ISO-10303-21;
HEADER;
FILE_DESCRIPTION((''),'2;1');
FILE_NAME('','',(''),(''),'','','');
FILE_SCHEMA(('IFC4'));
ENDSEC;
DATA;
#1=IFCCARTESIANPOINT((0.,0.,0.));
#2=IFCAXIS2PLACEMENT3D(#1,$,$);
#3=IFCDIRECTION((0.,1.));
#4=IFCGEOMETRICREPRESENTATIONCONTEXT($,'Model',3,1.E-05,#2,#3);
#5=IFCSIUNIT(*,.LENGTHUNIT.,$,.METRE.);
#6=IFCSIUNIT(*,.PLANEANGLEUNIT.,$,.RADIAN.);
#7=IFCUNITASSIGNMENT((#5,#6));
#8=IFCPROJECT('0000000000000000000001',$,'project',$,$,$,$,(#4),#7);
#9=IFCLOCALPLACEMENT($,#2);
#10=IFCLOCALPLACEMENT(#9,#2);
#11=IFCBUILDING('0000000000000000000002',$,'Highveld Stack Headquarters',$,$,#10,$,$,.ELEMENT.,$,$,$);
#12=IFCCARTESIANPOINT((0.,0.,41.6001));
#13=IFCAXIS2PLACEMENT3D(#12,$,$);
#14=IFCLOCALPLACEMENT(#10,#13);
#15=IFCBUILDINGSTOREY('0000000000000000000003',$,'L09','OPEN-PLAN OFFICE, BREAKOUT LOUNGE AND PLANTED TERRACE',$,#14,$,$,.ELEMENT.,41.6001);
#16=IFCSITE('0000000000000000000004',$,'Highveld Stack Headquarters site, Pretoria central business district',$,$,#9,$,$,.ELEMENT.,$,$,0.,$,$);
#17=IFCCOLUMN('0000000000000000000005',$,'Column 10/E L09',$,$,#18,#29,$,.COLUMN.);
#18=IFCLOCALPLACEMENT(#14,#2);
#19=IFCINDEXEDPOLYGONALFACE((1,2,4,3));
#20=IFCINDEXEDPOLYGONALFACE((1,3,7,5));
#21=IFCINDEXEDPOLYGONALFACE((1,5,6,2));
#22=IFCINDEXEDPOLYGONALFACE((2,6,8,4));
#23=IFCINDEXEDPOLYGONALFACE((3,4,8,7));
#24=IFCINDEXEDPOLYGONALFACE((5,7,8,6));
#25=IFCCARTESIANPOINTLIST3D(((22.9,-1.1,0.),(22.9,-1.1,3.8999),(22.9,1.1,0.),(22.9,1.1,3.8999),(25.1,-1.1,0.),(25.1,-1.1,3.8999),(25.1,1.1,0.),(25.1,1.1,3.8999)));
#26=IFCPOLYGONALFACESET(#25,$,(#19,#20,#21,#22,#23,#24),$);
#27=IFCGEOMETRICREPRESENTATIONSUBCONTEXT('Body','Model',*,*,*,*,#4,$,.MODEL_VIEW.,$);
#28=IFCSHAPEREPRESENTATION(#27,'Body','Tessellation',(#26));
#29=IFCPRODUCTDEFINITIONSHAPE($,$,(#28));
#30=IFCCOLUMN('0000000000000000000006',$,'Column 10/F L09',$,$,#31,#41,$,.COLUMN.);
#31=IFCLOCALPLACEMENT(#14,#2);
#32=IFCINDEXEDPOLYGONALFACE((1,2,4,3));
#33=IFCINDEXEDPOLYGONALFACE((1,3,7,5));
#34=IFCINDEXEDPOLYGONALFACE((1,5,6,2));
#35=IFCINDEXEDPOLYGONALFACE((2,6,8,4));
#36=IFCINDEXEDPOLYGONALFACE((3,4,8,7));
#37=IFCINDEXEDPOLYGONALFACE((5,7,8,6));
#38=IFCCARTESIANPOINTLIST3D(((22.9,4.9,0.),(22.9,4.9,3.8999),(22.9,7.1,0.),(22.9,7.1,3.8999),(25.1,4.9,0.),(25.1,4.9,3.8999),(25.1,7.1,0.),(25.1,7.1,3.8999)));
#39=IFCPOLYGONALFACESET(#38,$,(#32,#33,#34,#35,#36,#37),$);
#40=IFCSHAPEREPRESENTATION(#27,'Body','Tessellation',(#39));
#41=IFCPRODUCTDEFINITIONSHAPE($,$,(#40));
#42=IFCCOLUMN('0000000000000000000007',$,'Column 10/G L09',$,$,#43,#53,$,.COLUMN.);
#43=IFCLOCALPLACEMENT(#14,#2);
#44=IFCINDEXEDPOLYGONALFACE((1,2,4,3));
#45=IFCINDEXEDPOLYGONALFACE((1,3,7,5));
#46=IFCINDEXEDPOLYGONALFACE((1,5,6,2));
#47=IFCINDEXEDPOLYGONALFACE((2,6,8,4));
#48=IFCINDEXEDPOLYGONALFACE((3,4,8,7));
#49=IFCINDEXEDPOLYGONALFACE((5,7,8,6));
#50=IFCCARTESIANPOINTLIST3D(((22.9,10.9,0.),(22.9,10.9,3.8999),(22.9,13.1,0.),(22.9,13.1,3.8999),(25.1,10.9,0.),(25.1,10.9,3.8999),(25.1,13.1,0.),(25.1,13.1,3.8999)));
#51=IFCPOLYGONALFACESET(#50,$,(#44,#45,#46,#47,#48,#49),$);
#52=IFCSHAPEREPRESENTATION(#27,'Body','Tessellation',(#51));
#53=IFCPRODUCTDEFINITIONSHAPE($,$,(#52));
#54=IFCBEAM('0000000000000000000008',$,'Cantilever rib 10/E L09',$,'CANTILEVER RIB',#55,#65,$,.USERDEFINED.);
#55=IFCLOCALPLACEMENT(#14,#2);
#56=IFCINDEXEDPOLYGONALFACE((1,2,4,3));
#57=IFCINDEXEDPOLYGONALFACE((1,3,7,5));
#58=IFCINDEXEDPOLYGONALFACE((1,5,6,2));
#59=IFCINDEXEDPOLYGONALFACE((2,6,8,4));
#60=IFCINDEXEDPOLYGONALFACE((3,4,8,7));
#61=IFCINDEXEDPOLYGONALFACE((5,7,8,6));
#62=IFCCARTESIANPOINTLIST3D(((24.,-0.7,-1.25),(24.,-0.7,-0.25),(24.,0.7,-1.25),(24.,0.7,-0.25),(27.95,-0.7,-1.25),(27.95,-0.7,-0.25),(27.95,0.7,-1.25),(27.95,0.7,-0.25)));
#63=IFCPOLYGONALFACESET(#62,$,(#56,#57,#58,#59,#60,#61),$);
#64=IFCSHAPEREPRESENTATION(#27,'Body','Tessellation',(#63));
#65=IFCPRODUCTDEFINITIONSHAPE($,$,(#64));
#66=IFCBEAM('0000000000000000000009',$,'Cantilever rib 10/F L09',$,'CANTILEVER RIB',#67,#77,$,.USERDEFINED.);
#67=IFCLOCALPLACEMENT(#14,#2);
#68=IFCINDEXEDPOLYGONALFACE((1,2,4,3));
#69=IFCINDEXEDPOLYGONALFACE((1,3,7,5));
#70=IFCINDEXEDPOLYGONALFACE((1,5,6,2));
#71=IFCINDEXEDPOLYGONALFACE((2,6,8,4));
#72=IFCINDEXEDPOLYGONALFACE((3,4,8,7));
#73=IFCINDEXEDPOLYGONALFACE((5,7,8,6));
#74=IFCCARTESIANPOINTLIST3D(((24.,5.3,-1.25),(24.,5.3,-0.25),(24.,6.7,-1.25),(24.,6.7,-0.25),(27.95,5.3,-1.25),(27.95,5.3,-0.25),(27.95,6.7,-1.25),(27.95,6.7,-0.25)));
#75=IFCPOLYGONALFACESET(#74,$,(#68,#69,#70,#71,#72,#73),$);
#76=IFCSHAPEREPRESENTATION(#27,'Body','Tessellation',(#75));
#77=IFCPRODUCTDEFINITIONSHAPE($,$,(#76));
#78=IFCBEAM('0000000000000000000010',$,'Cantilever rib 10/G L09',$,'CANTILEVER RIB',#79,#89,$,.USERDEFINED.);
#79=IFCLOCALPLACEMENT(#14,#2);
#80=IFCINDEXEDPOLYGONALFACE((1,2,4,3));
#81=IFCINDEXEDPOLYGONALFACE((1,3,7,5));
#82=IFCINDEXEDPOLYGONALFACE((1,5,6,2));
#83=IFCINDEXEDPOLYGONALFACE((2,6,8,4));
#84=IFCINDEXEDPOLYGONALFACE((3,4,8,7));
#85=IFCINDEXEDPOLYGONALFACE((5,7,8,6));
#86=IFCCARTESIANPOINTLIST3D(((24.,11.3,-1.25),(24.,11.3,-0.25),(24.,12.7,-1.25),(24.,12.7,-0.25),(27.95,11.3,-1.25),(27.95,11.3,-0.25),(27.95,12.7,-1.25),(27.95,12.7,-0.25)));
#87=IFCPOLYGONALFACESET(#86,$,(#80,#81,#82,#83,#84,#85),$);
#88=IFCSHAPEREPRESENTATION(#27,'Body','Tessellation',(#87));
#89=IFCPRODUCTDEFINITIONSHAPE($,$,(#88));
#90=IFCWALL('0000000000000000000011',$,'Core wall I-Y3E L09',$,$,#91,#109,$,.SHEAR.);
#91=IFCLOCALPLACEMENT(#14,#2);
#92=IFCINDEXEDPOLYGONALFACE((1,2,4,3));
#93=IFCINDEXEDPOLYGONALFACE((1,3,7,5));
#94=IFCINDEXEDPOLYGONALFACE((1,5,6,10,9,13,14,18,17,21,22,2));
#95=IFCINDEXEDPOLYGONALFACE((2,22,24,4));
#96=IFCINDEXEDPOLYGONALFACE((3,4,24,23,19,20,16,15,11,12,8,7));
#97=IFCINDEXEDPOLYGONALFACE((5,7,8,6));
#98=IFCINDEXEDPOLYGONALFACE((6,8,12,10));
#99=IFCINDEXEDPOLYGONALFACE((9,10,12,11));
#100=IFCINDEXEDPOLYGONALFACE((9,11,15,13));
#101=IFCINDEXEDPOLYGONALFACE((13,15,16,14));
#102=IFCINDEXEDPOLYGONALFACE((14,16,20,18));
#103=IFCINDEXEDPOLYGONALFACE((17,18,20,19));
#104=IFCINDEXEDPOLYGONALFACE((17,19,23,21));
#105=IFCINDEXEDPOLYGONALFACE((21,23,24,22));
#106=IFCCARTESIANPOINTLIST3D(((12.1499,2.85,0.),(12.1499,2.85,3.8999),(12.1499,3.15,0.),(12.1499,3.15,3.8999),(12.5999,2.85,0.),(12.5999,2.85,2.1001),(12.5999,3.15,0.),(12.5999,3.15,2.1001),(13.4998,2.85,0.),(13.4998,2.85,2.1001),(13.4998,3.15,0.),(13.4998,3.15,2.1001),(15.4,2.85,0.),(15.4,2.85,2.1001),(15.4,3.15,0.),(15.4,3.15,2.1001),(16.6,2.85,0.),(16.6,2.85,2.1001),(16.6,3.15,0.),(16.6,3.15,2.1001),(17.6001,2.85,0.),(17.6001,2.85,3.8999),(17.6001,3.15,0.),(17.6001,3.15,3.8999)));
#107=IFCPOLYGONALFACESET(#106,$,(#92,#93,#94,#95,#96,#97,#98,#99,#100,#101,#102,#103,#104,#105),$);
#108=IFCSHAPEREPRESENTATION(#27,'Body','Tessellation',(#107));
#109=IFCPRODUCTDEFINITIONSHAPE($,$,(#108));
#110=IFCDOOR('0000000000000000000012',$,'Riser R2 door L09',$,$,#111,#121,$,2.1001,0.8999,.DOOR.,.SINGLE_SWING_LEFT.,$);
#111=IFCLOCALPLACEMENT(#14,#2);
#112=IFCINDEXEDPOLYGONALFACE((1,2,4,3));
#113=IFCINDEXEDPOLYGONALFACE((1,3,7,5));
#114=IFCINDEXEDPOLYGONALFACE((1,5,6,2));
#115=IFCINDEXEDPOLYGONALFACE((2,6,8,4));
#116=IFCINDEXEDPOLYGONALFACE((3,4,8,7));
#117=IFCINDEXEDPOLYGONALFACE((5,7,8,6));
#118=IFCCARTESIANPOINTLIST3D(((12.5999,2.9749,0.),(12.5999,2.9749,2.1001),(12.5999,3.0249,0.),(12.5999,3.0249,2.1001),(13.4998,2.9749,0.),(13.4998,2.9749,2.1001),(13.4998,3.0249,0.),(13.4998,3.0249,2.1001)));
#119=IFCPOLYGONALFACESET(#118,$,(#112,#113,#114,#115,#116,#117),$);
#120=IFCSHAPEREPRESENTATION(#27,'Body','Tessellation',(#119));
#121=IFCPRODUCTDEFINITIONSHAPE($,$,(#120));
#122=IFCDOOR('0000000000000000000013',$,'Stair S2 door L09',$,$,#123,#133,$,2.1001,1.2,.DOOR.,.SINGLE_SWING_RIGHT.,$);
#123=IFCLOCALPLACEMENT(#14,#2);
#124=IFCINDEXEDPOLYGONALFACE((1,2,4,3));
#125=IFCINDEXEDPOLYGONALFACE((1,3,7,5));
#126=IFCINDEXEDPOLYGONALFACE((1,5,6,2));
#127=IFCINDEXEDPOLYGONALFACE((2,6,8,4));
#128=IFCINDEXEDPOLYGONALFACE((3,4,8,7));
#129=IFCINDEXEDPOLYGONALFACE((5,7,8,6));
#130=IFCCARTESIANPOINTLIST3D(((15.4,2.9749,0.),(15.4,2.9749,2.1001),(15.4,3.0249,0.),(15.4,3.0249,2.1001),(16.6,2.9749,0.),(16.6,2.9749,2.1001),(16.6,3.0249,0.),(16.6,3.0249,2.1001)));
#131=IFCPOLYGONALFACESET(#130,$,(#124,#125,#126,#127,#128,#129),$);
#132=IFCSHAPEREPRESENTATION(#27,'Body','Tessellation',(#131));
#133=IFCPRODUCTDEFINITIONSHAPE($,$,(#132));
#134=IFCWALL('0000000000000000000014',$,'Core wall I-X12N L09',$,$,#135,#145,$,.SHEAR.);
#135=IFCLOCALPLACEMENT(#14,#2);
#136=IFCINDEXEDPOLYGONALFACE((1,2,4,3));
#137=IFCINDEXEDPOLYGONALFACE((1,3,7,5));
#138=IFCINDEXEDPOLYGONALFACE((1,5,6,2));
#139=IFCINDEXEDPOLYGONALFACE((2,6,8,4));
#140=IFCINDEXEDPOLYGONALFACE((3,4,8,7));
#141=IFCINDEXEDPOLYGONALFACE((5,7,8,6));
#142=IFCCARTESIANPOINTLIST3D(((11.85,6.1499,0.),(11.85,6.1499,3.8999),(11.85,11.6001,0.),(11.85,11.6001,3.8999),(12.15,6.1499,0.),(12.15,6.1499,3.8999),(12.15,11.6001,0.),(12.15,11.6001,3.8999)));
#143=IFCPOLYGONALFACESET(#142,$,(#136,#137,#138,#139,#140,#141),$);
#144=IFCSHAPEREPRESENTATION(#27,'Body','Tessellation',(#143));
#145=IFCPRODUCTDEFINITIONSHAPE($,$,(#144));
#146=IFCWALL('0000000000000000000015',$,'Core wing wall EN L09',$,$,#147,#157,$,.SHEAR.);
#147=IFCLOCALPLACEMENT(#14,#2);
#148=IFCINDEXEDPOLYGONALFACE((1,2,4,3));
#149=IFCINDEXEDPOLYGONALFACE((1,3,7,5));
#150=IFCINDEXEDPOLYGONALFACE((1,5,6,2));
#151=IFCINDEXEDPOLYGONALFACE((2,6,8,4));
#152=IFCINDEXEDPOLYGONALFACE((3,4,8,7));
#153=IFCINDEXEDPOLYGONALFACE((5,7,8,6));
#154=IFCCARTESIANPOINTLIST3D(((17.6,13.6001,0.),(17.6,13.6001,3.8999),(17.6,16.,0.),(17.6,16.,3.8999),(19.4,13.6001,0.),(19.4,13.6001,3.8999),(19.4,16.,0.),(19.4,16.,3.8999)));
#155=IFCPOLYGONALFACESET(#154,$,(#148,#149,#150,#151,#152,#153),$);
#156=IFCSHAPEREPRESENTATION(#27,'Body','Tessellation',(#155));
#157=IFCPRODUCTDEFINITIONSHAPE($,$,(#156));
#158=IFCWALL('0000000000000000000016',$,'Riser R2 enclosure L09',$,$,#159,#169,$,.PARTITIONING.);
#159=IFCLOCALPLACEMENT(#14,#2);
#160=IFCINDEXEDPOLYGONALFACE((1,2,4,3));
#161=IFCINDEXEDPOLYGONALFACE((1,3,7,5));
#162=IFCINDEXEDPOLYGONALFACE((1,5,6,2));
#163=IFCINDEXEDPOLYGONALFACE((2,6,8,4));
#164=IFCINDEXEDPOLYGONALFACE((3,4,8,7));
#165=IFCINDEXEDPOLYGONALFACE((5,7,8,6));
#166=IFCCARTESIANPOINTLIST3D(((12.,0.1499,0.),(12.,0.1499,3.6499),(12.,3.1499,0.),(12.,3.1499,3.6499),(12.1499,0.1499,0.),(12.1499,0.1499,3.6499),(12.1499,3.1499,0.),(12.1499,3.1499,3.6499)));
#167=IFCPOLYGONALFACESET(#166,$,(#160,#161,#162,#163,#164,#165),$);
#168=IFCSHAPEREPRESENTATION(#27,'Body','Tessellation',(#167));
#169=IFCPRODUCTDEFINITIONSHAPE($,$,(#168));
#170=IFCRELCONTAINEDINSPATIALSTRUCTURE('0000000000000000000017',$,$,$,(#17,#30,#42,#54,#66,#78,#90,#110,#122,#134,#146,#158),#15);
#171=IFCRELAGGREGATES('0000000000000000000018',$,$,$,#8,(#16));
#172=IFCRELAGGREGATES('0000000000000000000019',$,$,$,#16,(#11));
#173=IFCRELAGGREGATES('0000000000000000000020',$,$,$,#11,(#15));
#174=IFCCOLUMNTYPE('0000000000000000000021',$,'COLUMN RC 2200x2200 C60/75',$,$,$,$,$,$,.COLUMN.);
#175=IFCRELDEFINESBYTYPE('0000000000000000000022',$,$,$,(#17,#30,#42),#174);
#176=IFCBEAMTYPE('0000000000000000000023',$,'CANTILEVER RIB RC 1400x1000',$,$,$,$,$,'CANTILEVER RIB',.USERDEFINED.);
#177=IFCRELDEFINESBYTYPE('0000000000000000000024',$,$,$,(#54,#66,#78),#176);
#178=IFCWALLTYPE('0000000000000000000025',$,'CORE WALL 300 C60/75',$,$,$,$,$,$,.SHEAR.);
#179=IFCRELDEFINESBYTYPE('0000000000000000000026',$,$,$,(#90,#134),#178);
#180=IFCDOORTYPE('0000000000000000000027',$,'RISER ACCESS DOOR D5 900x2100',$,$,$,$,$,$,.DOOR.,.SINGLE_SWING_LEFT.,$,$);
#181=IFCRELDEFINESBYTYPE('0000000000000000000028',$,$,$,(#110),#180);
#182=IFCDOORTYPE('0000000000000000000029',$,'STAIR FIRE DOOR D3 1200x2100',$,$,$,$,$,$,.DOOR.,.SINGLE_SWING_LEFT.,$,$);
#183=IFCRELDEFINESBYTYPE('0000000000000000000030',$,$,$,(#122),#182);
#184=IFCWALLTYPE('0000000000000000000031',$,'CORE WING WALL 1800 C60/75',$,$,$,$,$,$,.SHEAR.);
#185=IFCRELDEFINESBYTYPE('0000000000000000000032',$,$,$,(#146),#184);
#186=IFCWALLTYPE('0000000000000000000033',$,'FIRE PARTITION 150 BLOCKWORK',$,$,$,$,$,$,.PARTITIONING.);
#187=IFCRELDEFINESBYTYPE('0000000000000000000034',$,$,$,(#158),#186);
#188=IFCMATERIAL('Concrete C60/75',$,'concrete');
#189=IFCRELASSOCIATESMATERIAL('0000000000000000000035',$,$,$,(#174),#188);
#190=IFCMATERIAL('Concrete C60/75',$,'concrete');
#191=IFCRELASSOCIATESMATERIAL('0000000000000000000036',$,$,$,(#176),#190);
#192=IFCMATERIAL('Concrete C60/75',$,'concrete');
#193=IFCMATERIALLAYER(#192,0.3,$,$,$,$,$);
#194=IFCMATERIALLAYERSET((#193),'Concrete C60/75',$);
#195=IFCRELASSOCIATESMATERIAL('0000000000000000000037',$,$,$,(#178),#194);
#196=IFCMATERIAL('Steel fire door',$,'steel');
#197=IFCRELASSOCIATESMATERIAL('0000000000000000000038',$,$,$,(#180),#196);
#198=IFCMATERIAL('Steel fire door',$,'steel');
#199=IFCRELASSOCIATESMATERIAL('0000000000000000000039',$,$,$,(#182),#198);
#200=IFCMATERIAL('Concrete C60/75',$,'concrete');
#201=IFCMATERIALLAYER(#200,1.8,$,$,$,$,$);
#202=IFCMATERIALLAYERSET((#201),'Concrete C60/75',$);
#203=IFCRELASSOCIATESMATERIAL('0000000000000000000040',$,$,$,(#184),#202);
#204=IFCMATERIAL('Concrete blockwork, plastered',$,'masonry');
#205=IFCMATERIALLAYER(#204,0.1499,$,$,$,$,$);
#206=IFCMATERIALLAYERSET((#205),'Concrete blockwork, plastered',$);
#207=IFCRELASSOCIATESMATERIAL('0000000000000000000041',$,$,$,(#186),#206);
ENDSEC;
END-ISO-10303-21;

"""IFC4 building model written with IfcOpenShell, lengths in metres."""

from ifc_helpers import new_model, si_unit, direction, frame, frame_2d, origin, origin_2d, place, context, subcontext, project, spatial, rectangle, extrude, material, layer, layer_set, material_profile, profile_set, type_object, element, fill, save


model = new_model("IFC4")

# Units and contexts
model_context = context("Model", 3, precision=1e-05, world=origin(), true_north=direction((0.0, 1.0)))
body_context = subcontext(model_context, "Body", "Model", "MODEL_VIEW")
ifc_project = project(units=[si_unit("LENGTHUNIT", "METRE"), si_unit("PLANEANGLEUNIT", "RADIAN")], contexts=[model_context])

# Site, building, storey
site_placement = place(None, origin())
site = spatial("IfcSite", under=ifc_project, at=site_placement, Name="Highveld Stack Headquarters site, Pretoria central business district", CompositionType="ELEMENT", RefElevation=0.0)
building_placement = place(site_placement, origin())
building = spatial("IfcBuilding", under=site, at=building_placement, Name="Highveld Stack Headquarters", CompositionType="ELEMENT")
storey_placement = place(building_placement, frame((0.0, 0.0, 41.6001)))
storey = spatial("IfcBuildingStorey", under=building, at=storey_placement, Name="L09", Description="OPEN-PLAN OFFICE, BREAKOUT LOUNGE AND PLANTED TERRACE", CompositionType="ELEMENT", Elevation=41.6001)

# Columns
ifc_material_1 = material(Name="Concrete C60/75", Category="concrete")
ifc_material_profile_1 = material_profile(ifc_material_1, rectangle(XDim=2.2, YDim=2.2, at=origin_2d()), Name="RC 2200x2200")
ifc_profile_set_1 = profile_set([ifc_material_profile_1], Name="Concrete C60/75")
column_type = type_object("IfcColumnType", Name="COLUMN RC 2200x2200 C60/75", PredefinedType="COLUMN", material=ifc_profile_set_1)
for number, where, z_axis, x_axis, name in (
    (1, (24.0, 0.0, 0.0), (0.0, 0.0, 1.0), (1.0, 0.0, 0.0), "Column 10/E L09"),
    (2, (24.0, 6.0, 0.0), (0.0, 0.0, 1.0), (1.0, 0.0, 0.0), "Column 10/F L09"),
    (3, (24.0, 12.0, 0.0), (0.0, 0.0, 1.0), (1.0, 0.0, 0.0), "Column 10/G L09"),
):
    element("IfcColumn", number, at=place(storey_placement, frame(where, z_axis=z_axis, x_axis=x_axis)), inside=storey, type_object=column_type, Name=name, PredefinedType="COLUMN", context=body_context, shape_type="SweptSolid", body=[
        extrude(rectangle(XDim=2.2, YDim=2.2, at=origin_2d()), origin(), (0.0, 0.0, 1.0), 3.8999),
    ])

# Beams
ifc_material_2 = material(Name="Concrete C60/75", Category="concrete")
ifc_material_profile_2 = material_profile(ifc_material_2, rectangle(XDim=1.3999, YDim=1.0, at=origin_2d()), Name="RC 1400x1000")
ifc_profile_set_2 = profile_set([ifc_material_profile_2], Name="Concrete C60/75")
beam_type = type_object("IfcBeamType", Name="CANTILEVER RIB RC 1400x1000", ElementType="CANTILEVER RIB", PredefinedType="USERDEFINED", material=ifc_profile_set_2)
for number, where, z_axis, x_axis, name in (
    (4, (24.0, 0.0, -0.75), (1.0, 0.0, 0.0), (0.0, 1.0, 0.0), "Cantilever rib 10/E L09"),
    (5, (24.0, 6.0, -0.75), (1.0, 0.0, 0.0), (0.0, 1.0, 0.0), "Cantilever rib 10/F L09"),
    (6, (24.0, 12.0, -0.75), (1.0, 0.0, 0.0), (0.0, 1.0, 0.0), "Cantilever rib 10/G L09"),
):
    element("IfcBeam", number, at=place(storey_placement, frame(where, z_axis=z_axis, x_axis=x_axis)), inside=storey, type_object=beam_type, Name=name, ObjectType="CANTILEVER RIB", PredefinedType="USERDEFINED", context=body_context, shape_type="SweptSolid", body=[
        extrude(rectangle(XDim=1.3999, YDim=1.0, at=origin_2d()), origin(), (0.0, 0.0, 1.0), 3.95),
    ])

# Wall, openings, doors
ifc_material_3 = material(Name="Concrete C60/75", Category="concrete")
ifc_layer_1 = layer(ifc_material_3, 0.3)
ifc_layer_set_1 = layer_set([ifc_layer_1], Name="Concrete C60/75")
wall_type_1 = type_object("IfcWallType", Name="CORE WALL 300 C60/75", PredefinedType="SHEAR", material=ifc_layer_set_1)
wall_1_placement = place(storey_placement, frame((12.1499, 3.0, 0.0), z_axis=(0.0, 0.0, 1.0), x_axis=(1.0, 0.0, 0.0)))
wall_1 = element("IfcWall", 7, at=wall_1_placement, inside=storey, type_object=wall_type_1, Name="Core wall I-Y3E L09", PredefinedType="SHEAR", context=body_context, shape_type="SweptSolid", body=[
    extrude(rectangle(XDim=5.4502, YDim=0.3, at=frame_2d((2.7251, 0.0))), origin(), (0.0, 0.0, 1.0), 3.8999),
])
opening_1_placement = place(wall_1_placement, frame((3.25, 0.0, 0.0)))
opening_1 = element("IfcOpeningElement", 8, at=opening_1_placement, cuts=wall_1, PredefinedType="OPENING", context=body_context, shape_type="SweptSolid", body=[
    extrude(rectangle(XDim=1.2, YDim=2.1001, at=frame_2d((0.6001, 1.05))), frame((0.0, 0.1599, 0.0), z_axis=(0.0, -1.0, 0.0), x_axis=(1.0, 0.0, 0.0)), (0.0, 0.0, 1.0), 0.3201),
])
opening_2_placement = place(wall_1_placement, frame((0.45, 0.0, 0.0)))
opening_2 = element("IfcOpeningElement", 9, at=opening_2_placement, cuts=wall_1, PredefinedType="OPENING", context=body_context, shape_type="SweptSolid", body=[
    extrude(rectangle(XDim=0.8999, YDim=2.1001, at=frame_2d((0.45, 1.05))), frame((0.0, 0.1599, 0.0), z_axis=(0.0, -1.0, 0.0), x_axis=(1.0, 0.0, 0.0)), (0.0, 0.0, 1.0), 0.3201),
])
ifc_material_4 = material(Name="Steel fire door", Category="steel")
door_type_1 = type_object("IfcDoorType", Name="RISER ACCESS DOOR D5 900x2100", OperationType="SINGLE_SWING_LEFT", PredefinedType="DOOR", material=ifc_material_4)
door_1_placement = place(opening_2_placement, origin())
door_1 = element("IfcDoor", 10, at=door_1_placement, inside=storey, type_object=door_type_1, Name="Riser R2 door L09", OperationType="SINGLE_SWING_LEFT", OverallHeight=2.1001, OverallWidth=0.8999, PredefinedType="DOOR", context=body_context, shape_type="SweptSolid", body=[
    extrude(rectangle(XDim=0.8999, YDim=2.1001, at=frame_2d((0.45, 1.05))), frame((0.0, 0.0249, 0.0), z_axis=(0.0, -1.0, 0.0), x_axis=(1.0, 0.0, 0.0)), (0.0, 0.0, 1.0), 0.05),
])
fill(opening_2, door_1)
ifc_material_5 = material(Name="Steel fire door", Category="steel")
door_type_2 = type_object("IfcDoorType", Name="STAIR FIRE DOOR D3 1200x2100", OperationType="SINGLE_SWING_LEFT", PredefinedType="DOOR", material=ifc_material_5)
door_2_placement = place(opening_1_placement, origin())
door_2 = element("IfcDoor", 11, at=door_2_placement, inside=storey, type_object=door_type_2, Name="Stair S2 door L09", OperationType="SINGLE_SWING_RIGHT", OverallHeight=2.1001, OverallWidth=1.2, PredefinedType="DOOR", context=body_context, shape_type="SweptSolid", body=[
    extrude(rectangle(XDim=1.2, YDim=2.1001, at=frame_2d((0.6001, 1.05))), frame((0.0, 0.0249, 0.0), z_axis=(0.0, -1.0, 0.0), x_axis=(1.0, 0.0, 0.0)), (0.0, 0.0, 1.0), 0.05),
])
fill(opening_1, door_2)

# Walls
wall_2_placement = place(storey_placement, frame((12.0, 6.1499, 0.0), z_axis=(0.0, 0.0, 1.0), x_axis=(0.0, 1.0, 0.0)))
element("IfcWall", 12, at=wall_2_placement, inside=storey, type_object=wall_type_1, Name="Core wall I-X12N L09", PredefinedType="SHEAR", context=body_context, shape_type="SweptSolid", body=[
    extrude(rectangle(XDim=5.4502, YDim=0.3, at=frame_2d((2.7251, 0.0))), origin(), (0.0, 0.0, 1.0), 3.8999),
])
ifc_material_6 = material(Name="Concrete C60/75", Category="concrete")
ifc_layer_2 = layer(ifc_material_6, 1.8)
ifc_layer_set_2 = layer_set([ifc_layer_2], Name="Concrete C60/75")
wall_type_2 = type_object("IfcWallType", Name="CORE WING WALL 1800 C60/75", PredefinedType="SHEAR", material=ifc_layer_set_2)
wall_3_placement = place(storey_placement, frame((18.5, 13.6001, 0.0), z_axis=(0.0, 0.0, 1.0), x_axis=(0.0, 1.0, 0.0)))
element("IfcWall", 13, at=wall_3_placement, inside=storey, type_object=wall_type_2, Name="Core wing wall EN L09", PredefinedType="SHEAR", context=body_context, shape_type="SweptSolid", body=[
    extrude(rectangle(XDim=2.3999, YDim=1.8, at=frame_2d((1.2, 0.0))), origin(), (0.0, 0.0, 1.0), 3.8999),
])
ifc_material_7 = material(Name="Concrete blockwork, plastered", Category="masonry")
ifc_layer_3 = layer(ifc_material_7, 0.1499)
ifc_layer_set_3 = layer_set([ifc_layer_3], Name="Concrete blockwork, plastered")
wall_type_3 = type_object("IfcWallType", Name="FIRE PARTITION 150 BLOCKWORK", PredefinedType="PARTITIONING", material=ifc_layer_set_3)
wall_4_placement = place(storey_placement, frame((12.075, 0.1499, 0.0), z_axis=(0.0, 0.0, 1.0), x_axis=(0.0, 1.0, 0.0)))
element("IfcWall", 14, at=wall_4_placement, inside=storey, type_object=wall_type_3, Name="Riser R2 enclosure L09", PredefinedType="PARTITIONING", context=body_context, shape_type="SweptSolid", body=[
    extrude(rectangle(XDim=3.0, YDim=0.1499, at=frame_2d((1.5, 0.0))), origin(), (0.0, 0.0, 1.0), 3.6499),
])

save(model, "model.ifc")
